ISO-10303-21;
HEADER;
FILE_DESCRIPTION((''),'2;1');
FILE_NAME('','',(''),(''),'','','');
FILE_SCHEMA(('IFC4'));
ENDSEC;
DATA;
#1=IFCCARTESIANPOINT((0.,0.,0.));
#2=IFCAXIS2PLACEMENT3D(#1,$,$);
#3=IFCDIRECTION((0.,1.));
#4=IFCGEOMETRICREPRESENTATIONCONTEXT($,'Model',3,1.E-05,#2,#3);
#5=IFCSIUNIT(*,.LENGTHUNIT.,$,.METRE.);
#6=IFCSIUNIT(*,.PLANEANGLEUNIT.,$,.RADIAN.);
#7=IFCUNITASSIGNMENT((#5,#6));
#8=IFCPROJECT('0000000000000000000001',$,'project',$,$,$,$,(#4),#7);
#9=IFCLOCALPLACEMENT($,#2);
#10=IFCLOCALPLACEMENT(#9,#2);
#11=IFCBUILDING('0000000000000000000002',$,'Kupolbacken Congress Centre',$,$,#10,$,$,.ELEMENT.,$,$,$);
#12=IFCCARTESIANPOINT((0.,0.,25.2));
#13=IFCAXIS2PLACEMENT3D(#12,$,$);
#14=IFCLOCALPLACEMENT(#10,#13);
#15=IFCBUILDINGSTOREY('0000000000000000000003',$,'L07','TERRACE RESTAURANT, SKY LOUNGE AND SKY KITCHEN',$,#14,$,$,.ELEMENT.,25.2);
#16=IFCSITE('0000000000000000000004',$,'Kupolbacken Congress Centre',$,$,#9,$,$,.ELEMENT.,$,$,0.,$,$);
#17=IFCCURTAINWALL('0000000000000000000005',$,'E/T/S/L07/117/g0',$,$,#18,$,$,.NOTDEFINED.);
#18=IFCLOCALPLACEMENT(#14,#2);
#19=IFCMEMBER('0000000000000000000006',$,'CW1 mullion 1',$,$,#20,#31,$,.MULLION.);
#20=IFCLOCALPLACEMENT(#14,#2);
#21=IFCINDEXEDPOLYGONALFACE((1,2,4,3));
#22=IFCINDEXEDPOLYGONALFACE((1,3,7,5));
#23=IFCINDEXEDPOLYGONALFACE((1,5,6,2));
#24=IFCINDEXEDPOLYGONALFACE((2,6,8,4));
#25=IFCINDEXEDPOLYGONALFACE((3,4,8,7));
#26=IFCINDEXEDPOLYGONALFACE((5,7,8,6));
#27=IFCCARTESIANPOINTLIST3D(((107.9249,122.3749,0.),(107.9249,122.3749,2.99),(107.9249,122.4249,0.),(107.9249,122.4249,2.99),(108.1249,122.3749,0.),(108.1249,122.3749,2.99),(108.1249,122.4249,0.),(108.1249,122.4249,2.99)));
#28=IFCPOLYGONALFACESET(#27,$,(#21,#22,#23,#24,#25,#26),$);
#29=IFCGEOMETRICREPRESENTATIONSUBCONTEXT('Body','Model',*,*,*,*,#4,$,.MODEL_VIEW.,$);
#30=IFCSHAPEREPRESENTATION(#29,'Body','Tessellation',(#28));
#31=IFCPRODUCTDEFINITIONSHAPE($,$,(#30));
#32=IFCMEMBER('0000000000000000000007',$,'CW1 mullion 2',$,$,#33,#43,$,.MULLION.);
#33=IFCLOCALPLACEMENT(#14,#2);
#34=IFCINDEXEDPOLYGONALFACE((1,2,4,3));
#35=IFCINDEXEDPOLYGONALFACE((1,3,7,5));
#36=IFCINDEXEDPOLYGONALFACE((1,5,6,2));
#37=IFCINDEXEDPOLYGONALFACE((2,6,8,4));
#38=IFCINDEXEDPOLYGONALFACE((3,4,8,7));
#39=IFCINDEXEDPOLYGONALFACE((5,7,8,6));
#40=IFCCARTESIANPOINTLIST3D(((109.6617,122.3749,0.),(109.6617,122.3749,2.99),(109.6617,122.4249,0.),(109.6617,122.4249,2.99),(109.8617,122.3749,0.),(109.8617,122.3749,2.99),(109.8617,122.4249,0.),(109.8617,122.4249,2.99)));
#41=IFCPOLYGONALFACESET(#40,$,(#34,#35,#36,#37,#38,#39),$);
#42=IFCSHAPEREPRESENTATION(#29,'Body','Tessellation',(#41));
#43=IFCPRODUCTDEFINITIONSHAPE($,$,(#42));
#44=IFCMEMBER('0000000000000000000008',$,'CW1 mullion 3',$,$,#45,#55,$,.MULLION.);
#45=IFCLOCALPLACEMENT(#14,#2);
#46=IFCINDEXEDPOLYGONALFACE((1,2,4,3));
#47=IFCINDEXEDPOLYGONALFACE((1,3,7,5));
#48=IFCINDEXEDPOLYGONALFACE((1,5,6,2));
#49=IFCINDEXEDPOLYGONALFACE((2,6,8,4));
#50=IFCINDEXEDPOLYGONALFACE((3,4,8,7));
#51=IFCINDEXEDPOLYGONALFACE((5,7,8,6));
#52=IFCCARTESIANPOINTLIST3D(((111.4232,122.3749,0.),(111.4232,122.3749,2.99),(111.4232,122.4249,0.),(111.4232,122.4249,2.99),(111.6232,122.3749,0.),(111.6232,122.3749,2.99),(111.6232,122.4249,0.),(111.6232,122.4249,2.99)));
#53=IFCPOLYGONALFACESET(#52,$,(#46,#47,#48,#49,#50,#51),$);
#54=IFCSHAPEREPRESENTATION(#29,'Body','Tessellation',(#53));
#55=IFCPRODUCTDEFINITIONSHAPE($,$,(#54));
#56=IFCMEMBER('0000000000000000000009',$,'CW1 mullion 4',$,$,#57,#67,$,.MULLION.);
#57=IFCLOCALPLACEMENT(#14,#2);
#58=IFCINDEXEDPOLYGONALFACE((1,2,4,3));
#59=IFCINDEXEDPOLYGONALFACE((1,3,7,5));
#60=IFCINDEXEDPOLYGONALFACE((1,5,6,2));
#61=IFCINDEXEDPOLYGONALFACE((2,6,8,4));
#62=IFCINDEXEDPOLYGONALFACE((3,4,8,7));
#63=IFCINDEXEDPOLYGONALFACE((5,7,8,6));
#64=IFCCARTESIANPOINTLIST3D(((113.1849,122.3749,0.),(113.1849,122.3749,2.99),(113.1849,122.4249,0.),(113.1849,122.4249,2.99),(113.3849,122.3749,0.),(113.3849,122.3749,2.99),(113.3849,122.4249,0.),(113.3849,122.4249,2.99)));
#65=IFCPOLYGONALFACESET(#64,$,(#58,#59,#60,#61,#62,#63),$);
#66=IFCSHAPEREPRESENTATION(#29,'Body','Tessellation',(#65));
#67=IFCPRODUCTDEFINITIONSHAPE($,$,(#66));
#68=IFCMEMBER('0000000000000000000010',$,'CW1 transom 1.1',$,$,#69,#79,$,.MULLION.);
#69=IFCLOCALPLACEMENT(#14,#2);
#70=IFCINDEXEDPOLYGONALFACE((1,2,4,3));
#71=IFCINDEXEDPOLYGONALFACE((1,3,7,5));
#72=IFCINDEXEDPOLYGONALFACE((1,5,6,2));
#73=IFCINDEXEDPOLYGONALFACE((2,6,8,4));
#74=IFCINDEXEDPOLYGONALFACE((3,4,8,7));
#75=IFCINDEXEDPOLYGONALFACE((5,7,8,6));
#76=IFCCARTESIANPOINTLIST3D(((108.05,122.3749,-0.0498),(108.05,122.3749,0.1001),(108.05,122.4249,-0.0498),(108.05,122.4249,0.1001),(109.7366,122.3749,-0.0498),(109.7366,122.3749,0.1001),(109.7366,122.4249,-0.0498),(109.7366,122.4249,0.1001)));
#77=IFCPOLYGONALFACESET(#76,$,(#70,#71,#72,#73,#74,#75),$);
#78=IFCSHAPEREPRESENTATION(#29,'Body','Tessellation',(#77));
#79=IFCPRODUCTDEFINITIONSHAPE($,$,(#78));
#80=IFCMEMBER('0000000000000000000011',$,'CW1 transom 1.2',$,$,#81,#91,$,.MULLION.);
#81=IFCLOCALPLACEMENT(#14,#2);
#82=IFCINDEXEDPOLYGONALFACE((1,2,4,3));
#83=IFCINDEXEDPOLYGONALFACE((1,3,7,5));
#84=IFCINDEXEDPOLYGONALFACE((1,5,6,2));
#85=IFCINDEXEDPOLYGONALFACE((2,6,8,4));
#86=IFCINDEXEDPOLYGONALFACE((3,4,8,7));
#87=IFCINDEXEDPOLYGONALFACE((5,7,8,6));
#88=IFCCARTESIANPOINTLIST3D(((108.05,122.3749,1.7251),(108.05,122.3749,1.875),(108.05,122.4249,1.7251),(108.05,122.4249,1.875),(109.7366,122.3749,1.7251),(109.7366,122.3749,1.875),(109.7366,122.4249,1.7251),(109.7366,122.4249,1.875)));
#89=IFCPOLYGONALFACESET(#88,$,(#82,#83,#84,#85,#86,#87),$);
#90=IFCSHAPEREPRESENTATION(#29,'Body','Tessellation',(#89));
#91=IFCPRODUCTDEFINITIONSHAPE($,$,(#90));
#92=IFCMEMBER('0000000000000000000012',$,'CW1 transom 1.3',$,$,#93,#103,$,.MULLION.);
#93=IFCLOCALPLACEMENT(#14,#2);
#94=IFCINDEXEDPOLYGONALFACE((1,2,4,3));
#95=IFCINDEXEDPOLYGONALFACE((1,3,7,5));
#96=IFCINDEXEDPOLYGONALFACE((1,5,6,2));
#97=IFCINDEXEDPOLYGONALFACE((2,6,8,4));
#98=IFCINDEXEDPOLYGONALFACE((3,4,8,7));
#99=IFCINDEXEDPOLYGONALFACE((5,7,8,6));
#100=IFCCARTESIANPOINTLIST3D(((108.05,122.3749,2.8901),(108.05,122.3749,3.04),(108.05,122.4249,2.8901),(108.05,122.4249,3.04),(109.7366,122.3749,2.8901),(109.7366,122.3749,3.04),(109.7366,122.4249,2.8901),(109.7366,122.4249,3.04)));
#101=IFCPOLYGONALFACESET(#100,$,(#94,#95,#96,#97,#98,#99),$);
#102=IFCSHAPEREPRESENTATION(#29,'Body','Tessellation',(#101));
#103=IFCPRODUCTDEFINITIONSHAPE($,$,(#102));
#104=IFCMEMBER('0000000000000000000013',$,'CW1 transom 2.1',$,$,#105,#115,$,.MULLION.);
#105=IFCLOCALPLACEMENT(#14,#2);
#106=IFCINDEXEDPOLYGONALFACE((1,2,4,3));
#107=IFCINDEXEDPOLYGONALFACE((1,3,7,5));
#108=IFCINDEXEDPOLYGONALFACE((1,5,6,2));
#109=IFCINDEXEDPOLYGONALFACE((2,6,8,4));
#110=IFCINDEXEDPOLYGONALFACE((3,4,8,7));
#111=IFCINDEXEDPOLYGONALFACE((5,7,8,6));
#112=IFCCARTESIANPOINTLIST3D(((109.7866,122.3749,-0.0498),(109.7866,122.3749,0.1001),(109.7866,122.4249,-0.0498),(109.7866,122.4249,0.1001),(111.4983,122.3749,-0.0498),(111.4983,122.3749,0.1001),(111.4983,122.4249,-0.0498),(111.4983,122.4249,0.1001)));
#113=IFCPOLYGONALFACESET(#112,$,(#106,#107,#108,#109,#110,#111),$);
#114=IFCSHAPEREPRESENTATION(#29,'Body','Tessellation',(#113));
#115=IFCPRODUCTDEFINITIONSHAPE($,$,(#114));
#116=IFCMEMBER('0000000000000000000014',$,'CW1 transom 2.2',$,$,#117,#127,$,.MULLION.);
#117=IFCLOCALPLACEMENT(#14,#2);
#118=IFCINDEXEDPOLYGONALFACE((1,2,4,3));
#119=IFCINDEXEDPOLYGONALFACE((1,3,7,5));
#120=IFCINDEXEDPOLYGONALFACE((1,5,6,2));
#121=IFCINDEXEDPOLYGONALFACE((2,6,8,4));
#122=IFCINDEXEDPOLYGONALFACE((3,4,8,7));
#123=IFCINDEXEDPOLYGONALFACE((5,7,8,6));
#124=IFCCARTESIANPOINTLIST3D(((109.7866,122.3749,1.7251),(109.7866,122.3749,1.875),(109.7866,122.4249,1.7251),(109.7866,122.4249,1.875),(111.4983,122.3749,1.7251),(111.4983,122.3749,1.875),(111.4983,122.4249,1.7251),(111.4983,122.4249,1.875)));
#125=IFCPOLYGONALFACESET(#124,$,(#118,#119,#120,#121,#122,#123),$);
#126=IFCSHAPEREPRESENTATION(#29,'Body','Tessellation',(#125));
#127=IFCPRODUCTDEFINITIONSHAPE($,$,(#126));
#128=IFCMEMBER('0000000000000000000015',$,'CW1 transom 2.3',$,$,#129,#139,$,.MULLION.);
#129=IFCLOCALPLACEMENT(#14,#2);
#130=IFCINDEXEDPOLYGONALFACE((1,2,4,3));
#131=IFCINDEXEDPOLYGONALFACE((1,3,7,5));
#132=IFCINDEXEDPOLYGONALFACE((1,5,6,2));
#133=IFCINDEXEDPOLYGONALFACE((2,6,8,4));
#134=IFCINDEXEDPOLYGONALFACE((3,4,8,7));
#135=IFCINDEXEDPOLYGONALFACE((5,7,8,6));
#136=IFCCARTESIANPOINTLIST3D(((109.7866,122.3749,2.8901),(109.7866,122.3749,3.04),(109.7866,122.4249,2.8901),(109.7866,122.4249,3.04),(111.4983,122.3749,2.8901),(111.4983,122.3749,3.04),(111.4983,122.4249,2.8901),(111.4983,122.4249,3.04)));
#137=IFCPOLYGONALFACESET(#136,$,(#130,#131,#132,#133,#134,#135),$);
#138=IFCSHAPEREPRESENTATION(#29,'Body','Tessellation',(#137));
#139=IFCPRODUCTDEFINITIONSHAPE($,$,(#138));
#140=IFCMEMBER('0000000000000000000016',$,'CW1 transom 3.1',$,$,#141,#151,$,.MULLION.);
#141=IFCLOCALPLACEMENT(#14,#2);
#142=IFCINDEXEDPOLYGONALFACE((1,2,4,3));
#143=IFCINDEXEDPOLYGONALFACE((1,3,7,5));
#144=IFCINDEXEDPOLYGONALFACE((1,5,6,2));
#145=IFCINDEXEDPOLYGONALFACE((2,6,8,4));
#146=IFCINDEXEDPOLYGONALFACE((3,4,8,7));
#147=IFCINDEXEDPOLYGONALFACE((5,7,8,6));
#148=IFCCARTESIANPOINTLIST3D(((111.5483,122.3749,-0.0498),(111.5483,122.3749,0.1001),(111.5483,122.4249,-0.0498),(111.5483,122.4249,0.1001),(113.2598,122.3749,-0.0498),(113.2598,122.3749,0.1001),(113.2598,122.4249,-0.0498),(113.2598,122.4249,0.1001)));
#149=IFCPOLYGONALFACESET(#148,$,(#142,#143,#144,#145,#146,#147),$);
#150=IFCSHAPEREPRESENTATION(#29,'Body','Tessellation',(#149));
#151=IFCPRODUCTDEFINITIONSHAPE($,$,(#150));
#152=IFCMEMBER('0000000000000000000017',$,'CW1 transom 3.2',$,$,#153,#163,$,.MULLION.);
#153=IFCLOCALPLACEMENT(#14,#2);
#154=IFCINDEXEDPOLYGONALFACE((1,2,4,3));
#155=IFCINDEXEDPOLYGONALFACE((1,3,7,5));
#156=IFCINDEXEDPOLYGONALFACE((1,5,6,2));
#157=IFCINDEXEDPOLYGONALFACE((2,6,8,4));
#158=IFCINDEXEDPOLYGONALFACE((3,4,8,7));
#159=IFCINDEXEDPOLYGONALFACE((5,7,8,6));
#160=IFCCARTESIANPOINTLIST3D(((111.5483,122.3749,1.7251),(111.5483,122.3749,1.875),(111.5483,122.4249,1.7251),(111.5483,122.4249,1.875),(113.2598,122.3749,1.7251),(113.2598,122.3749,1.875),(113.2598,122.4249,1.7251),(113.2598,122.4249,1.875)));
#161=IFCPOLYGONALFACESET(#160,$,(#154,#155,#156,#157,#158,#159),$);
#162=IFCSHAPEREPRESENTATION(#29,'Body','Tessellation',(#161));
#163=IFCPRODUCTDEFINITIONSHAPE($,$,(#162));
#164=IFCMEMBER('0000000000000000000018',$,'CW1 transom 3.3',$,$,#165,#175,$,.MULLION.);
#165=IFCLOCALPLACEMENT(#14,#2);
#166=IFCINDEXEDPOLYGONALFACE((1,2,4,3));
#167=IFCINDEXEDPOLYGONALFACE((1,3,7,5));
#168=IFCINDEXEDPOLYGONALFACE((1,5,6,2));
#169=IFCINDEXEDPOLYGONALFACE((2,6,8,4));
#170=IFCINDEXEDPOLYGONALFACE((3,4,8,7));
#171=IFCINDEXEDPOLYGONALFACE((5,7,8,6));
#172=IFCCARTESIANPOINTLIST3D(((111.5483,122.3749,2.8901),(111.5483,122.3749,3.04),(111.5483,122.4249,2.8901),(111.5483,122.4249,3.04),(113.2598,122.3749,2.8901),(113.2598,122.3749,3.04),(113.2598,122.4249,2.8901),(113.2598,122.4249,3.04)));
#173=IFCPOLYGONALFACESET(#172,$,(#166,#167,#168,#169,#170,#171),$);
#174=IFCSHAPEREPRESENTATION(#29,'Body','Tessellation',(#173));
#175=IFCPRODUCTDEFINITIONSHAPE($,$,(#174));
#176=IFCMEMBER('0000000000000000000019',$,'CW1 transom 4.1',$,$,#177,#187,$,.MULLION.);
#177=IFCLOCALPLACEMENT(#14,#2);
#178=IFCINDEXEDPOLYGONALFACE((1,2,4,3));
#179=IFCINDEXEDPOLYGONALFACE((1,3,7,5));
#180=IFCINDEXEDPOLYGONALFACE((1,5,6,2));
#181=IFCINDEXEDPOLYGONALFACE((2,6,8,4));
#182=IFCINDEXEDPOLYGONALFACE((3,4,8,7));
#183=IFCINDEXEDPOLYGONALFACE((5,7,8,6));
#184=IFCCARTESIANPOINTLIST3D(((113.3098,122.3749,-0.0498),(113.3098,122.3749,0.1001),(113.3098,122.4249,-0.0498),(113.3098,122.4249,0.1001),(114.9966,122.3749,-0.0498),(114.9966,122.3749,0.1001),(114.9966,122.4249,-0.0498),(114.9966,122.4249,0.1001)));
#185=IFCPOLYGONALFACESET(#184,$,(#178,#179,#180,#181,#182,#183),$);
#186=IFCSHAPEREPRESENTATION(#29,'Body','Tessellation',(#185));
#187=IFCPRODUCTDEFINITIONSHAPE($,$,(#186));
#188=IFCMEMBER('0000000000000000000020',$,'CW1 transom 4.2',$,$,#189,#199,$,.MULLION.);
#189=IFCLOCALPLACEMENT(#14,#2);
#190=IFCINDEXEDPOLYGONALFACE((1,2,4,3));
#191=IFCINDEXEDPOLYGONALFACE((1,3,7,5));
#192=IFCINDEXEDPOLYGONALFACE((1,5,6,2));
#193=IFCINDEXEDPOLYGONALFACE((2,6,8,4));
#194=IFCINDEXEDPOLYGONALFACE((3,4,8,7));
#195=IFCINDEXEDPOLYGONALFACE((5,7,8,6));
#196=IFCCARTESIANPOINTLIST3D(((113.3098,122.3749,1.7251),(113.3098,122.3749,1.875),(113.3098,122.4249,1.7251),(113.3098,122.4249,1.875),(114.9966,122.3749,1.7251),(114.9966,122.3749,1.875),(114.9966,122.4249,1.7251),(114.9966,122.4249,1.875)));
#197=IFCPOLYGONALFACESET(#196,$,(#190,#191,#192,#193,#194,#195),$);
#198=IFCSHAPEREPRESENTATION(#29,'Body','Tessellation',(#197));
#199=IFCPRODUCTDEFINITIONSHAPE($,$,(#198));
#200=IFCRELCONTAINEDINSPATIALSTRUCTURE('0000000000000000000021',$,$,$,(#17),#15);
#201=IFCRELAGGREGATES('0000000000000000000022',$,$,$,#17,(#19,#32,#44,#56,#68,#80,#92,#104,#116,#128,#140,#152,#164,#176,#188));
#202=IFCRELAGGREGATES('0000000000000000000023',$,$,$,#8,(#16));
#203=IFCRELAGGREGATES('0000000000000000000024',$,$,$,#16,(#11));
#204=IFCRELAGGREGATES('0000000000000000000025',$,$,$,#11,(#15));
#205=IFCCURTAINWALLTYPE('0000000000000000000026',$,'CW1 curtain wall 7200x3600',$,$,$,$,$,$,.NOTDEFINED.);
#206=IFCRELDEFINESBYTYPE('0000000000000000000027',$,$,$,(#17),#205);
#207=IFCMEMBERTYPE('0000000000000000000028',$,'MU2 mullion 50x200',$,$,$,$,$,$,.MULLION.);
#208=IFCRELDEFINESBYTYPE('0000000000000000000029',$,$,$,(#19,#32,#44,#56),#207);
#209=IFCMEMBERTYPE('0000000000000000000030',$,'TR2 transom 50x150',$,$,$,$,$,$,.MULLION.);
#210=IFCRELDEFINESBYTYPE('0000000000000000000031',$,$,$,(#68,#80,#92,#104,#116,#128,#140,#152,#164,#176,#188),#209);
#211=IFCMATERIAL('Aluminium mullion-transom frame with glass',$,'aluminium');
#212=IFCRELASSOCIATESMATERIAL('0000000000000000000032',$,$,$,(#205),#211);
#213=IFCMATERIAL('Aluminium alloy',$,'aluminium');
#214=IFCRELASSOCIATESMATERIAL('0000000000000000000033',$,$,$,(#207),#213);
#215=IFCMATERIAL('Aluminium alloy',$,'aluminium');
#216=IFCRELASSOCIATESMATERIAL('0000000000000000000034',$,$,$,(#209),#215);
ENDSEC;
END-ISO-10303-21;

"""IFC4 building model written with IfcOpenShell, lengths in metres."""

from ifc_helpers import new_model, si_unit, direction, frame, origin, origin_2d, place, context, subcontext, project, spatial, rectangle, extrude, material, material_profile, profile_set, type_object, element, aggregate, save


model = new_model("IFC4")

# Units and contexts
model_context = context("Model", 3, precision=1e-05, world=origin(), true_north=direction((0.0, 1.0)))
body_context = subcontext(model_context, "Body", "Model", "MODEL_VIEW")
ifc_project = project(units=[si_unit("LENGTHUNIT", "METRE"), si_unit("PLANEANGLEUNIT", "RADIAN")], contexts=[model_context])

# Site, building, storey
site_placement = place(None, origin())
site = spatial("IfcSite", under=ifc_project, at=site_placement, Name="Kupolbacken Congress Centre", CompositionType="ELEMENT", RefElevation=0.0)
building_placement = place(site_placement, origin())
building = spatial("IfcBuilding", under=site, at=building_placement, Name="Kupolbacken Congress Centre", CompositionType="ELEMENT")
storey_placement = place(building_placement, frame((0.0, 0.0, 25.2)))
storey = spatial("IfcBuildingStorey", under=building, at=storey_placement, Name="L07", Description="TERRACE RESTAURANT, SKY LOUNGE AND SKY KITCHEN", CompositionType="ELEMENT", Elevation=25.2)

# Curtain wall, members
ifc_material_1 = material(Name="Aluminium mullion-transom frame with glass", Category="aluminium")
curtain_wall_type = type_object("IfcCurtainWallType", Name="CW1 curtain wall 7200x3600", PredefinedType="NOTDEFINED", material=ifc_material_1)
curtain_wall_placement = place(storey_placement, origin())
curtain_wall = element("IfcCurtainWall", 1, at=curtain_wall_placement, inside=storey, type_object=curtain_wall_type, Name="E/T/S/L07/117/g0", PredefinedType="NOTDEFINED")
ifc_material_2 = material(Name="Aluminium alloy", Category="aluminium")
ifc_material_profile_1 = material_profile(ifc_material_2, rectangle(XDim=0.05, YDim=0.2, at=origin_2d()), Name="50 x 200")
ifc_profile_set_1 = profile_set([ifc_material_profile_1], Name="Aluminium alloy")
member_type_1 = type_object("IfcMemberType", Name="MU2 mullion 50x200", PredefinedType="MULLION", material=ifc_profile_set_1)
member_1_placement = place(storey_placement, frame((108.0249, 122.3999, 0.0), z_axis=(0.0, 0.0, 1.0), x_axis=(0.0, 1.0, 0.0)))
member_1 = element("IfcMember", 2, at=member_1_placement, type_object=member_type_1, Name="CW1 mullion 1", PredefinedType="MULLION", context=body_context, shape_type="SweptSolid", body=[
    extrude(rectangle(XDim=0.05, YDim=0.2, at=origin_2d()), origin(), (0.0, 0.0, 1.0), 2.99),
])
member_2_placement = place(storey_placement, frame((109.7617, 122.3999, 0.0), z_axis=(0.0, 0.0, 1.0), x_axis=(0.0, 1.0, 0.0)))
member_2 = element("IfcMember", 3, at=member_2_placement, type_object=member_type_1, Name="CW1 mullion 2", PredefinedType="MULLION", context=body_context, shape_type="SweptSolid", body=[
    extrude(rectangle(XDim=0.05, YDim=0.2, at=origin_2d()), origin(), (0.0, 0.0, 1.0), 2.99),
])
member_3_placement = place(storey_placement, frame((111.5232, 122.3999, 0.0), z_axis=(0.0, 0.0, 1.0), x_axis=(0.0, 1.0, 0.0)))
member_3 = element("IfcMember", 4, at=member_3_placement, type_object=member_type_1, Name="CW1 mullion 3", PredefinedType="MULLION", context=body_context, shape_type="SweptSolid", body=[
    extrude(rectangle(XDim=0.05, YDim=0.2, at=origin_2d()), origin(), (0.0, 0.0, 1.0), 2.99),
])
member_4_placement = place(storey_placement, frame((113.2849, 122.3999, 0.0), z_axis=(0.0, 0.0, 1.0), x_axis=(0.0, 1.0, 0.0)))
member_4 = element("IfcMember", 5, at=member_4_placement, type_object=member_type_1, Name="CW1 mullion 4", PredefinedType="MULLION", context=body_context, shape_type="SweptSolid", body=[
    extrude(rectangle(XDim=0.05, YDim=0.2, at=origin_2d()), origin(), (0.0, 0.0, 1.0), 2.99),
])
ifc_material_3 = material(Name="Aluminium alloy", Category="aluminium")
ifc_material_profile_2 = material_profile(ifc_material_3, rectangle(XDim=0.05, YDim=0.1499, at=origin_2d()), Name="50 x 150")
ifc_profile_set_2 = profile_set([ifc_material_profile_2], Name="Aluminium alloy")
member_type_2 = type_object("IfcMemberType", Name="TR2 transom 50x150", PredefinedType="MULLION", material=ifc_profile_set_2)
member_5_placement = place(storey_placement, frame((108.05, 122.3999, 0.0251), z_axis=(1.0, 0.0, 0.0), x_axis=(0.0, 1.0, 0.0)))
member_5 = element("IfcMember", 6, at=member_5_placement, type_object=member_type_2, Name="CW1 transom 1.1", PredefinedType="MULLION", context=body_context, shape_type="SweptSolid", body=[
    extrude(rectangle(XDim=0.05, YDim=0.1499, at=origin_2d()), origin(), (0.0, 0.0, 1.0), 1.6865),
])
member_6_placement = place(storey_placement, frame((108.05, 122.3999, 1.8), z_axis=(1.0, 0.0, 0.0), x_axis=(0.0, 1.0, 0.0)))
member_6 = element("IfcMember", 7, at=member_6_placement, type_object=member_type_2, Name="CW1 transom 1.2", PredefinedType="MULLION", context=body_context, shape_type="SweptSolid", body=[
    extrude(rectangle(XDim=0.05, YDim=0.1499, at=origin_2d()), origin(), (0.0, 0.0, 1.0), 1.6865),
])
member_7_placement = place(storey_placement, frame((108.05, 122.3999, 2.9651), z_axis=(1.0, 0.0, 0.0), x_axis=(0.0, 1.0, 0.0)))
member_7 = element("IfcMember", 8, at=member_7_placement, type_object=member_type_2, Name="CW1 transom 1.3", PredefinedType="MULLION", context=body_context, shape_type="SweptSolid", body=[
    extrude(rectangle(XDim=0.05, YDim=0.1499, at=origin_2d()), origin(), (0.0, 0.0, 1.0), 1.6865),
])
member_8_placement = place(storey_placement, frame((109.7866, 122.3999, 0.0251), z_axis=(1.0, 0.0, 0.0), x_axis=(0.0, 1.0, 0.0)))
member_8 = element("IfcMember", 9, at=member_8_placement, type_object=member_type_2, Name="CW1 transom 2.1", PredefinedType="MULLION", context=body_context, shape_type="SweptSolid", body=[
    extrude(rectangle(XDim=0.05, YDim=0.1499, at=origin_2d()), origin(), (0.0, 0.0, 1.0), 1.7117),
])
member_9_placement = place(storey_placement, frame((109.7866, 122.3999, 1.8), z_axis=(1.0, 0.0, 0.0), x_axis=(0.0, 1.0, 0.0)))
member_9 = element("IfcMember", 10, at=member_9_placement, type_object=member_type_2, Name="CW1 transom 2.2", PredefinedType="MULLION", context=body_context, shape_type="SweptSolid", body=[
    extrude(rectangle(XDim=0.05, YDim=0.1499, at=origin_2d()), origin(), (0.0, 0.0, 1.0), 1.7117),
])
member_10_placement = place(storey_placement, frame((109.7866, 122.3999, 2.9651), z_axis=(1.0, 0.0, 0.0), x_axis=(0.0, 1.0, 0.0)))
member_10 = element("IfcMember", 11, at=member_10_placement, type_object=member_type_2, Name="CW1 transom 2.3", PredefinedType="MULLION", context=body_context, shape_type="SweptSolid", body=[
    extrude(rectangle(XDim=0.05, YDim=0.1499, at=origin_2d()), origin(), (0.0, 0.0, 1.0), 1.7117),
])
member_11_placement = place(storey_placement, frame((111.5483, 122.3999, 0.0251), z_axis=(1.0, 0.0, 0.0), x_axis=(0.0, 1.0, 0.0)))
member_11 = element("IfcMember", 12, at=member_11_placement, type_object=member_type_2, Name="CW1 transom 3.1", PredefinedType="MULLION", context=body_context, shape_type="SweptSolid", body=[
    extrude(rectangle(XDim=0.05, YDim=0.1499, at=origin_2d()), origin(), (0.0, 0.0, 1.0), 1.7114),
])
member_12_placement = place(storey_placement, frame((111.5483, 122.3999, 1.8), z_axis=(1.0, 0.0, 0.0), x_axis=(0.0, 1.0, 0.0)))
member_12 = element("IfcMember", 13, at=member_12_placement, type_object=member_type_2, Name="CW1 transom 3.2", PredefinedType="MULLION", context=body_context, shape_type="SweptSolid", body=[
    extrude(rectangle(XDim=0.05, YDim=0.1499, at=origin_2d()), origin(), (0.0, 0.0, 1.0), 1.7114),
])
member_13_placement = place(storey_placement, frame((111.5483, 122.3999, 2.9651), z_axis=(1.0, 0.0, 0.0), x_axis=(0.0, 1.0, 0.0)))
member_13 = element("IfcMember", 14, at=member_13_placement, type_object=member_type_2, Name="CW1 transom 3.3", PredefinedType="MULLION", context=body_context, shape_type="SweptSolid", body=[
    extrude(rectangle(XDim=0.05, YDim=0.1499, at=origin_2d()), origin(), (0.0, 0.0, 1.0), 1.7114),
])
member_14_placement = place(storey_placement, frame((113.3098, 122.3999, 0.0251), z_axis=(1.0, 0.0, 0.0), x_axis=(0.0, 1.0, 0.0)))
member_14 = element("IfcMember", 15, at=member_14_placement, type_object=member_type_2, Name="CW1 transom 4.1", PredefinedType="MULLION", context=body_context, shape_type="SweptSolid", body=[
    extrude(rectangle(XDim=0.05, YDim=0.1499, at=origin_2d()), origin(), (0.0, 0.0, 1.0), 1.6868),
])
member_15_placement = place(storey_placement, frame((113.3098, 122.3999, 1.8), z_axis=(1.0, 0.0, 0.0), x_axis=(0.0, 1.0, 0.0)))
member_15 = element("IfcMember", 16, at=member_15_placement, type_object=member_type_2, Name="CW1 transom 4.2", PredefinedType="MULLION", context=body_context, shape_type="SweptSolid", body=[
    extrude(rectangle(XDim=0.05, YDim=0.1499, at=origin_2d()), origin(), (0.0, 0.0, 1.0), 1.6868),
])
aggregate(curtain_wall, [member_1, member_2, member_3, member_4, member_5, member_6, member_7, member_8, member_9, member_10, member_11, member_12, member_13, member_14, member_15])

save(model, "model.ifc")
